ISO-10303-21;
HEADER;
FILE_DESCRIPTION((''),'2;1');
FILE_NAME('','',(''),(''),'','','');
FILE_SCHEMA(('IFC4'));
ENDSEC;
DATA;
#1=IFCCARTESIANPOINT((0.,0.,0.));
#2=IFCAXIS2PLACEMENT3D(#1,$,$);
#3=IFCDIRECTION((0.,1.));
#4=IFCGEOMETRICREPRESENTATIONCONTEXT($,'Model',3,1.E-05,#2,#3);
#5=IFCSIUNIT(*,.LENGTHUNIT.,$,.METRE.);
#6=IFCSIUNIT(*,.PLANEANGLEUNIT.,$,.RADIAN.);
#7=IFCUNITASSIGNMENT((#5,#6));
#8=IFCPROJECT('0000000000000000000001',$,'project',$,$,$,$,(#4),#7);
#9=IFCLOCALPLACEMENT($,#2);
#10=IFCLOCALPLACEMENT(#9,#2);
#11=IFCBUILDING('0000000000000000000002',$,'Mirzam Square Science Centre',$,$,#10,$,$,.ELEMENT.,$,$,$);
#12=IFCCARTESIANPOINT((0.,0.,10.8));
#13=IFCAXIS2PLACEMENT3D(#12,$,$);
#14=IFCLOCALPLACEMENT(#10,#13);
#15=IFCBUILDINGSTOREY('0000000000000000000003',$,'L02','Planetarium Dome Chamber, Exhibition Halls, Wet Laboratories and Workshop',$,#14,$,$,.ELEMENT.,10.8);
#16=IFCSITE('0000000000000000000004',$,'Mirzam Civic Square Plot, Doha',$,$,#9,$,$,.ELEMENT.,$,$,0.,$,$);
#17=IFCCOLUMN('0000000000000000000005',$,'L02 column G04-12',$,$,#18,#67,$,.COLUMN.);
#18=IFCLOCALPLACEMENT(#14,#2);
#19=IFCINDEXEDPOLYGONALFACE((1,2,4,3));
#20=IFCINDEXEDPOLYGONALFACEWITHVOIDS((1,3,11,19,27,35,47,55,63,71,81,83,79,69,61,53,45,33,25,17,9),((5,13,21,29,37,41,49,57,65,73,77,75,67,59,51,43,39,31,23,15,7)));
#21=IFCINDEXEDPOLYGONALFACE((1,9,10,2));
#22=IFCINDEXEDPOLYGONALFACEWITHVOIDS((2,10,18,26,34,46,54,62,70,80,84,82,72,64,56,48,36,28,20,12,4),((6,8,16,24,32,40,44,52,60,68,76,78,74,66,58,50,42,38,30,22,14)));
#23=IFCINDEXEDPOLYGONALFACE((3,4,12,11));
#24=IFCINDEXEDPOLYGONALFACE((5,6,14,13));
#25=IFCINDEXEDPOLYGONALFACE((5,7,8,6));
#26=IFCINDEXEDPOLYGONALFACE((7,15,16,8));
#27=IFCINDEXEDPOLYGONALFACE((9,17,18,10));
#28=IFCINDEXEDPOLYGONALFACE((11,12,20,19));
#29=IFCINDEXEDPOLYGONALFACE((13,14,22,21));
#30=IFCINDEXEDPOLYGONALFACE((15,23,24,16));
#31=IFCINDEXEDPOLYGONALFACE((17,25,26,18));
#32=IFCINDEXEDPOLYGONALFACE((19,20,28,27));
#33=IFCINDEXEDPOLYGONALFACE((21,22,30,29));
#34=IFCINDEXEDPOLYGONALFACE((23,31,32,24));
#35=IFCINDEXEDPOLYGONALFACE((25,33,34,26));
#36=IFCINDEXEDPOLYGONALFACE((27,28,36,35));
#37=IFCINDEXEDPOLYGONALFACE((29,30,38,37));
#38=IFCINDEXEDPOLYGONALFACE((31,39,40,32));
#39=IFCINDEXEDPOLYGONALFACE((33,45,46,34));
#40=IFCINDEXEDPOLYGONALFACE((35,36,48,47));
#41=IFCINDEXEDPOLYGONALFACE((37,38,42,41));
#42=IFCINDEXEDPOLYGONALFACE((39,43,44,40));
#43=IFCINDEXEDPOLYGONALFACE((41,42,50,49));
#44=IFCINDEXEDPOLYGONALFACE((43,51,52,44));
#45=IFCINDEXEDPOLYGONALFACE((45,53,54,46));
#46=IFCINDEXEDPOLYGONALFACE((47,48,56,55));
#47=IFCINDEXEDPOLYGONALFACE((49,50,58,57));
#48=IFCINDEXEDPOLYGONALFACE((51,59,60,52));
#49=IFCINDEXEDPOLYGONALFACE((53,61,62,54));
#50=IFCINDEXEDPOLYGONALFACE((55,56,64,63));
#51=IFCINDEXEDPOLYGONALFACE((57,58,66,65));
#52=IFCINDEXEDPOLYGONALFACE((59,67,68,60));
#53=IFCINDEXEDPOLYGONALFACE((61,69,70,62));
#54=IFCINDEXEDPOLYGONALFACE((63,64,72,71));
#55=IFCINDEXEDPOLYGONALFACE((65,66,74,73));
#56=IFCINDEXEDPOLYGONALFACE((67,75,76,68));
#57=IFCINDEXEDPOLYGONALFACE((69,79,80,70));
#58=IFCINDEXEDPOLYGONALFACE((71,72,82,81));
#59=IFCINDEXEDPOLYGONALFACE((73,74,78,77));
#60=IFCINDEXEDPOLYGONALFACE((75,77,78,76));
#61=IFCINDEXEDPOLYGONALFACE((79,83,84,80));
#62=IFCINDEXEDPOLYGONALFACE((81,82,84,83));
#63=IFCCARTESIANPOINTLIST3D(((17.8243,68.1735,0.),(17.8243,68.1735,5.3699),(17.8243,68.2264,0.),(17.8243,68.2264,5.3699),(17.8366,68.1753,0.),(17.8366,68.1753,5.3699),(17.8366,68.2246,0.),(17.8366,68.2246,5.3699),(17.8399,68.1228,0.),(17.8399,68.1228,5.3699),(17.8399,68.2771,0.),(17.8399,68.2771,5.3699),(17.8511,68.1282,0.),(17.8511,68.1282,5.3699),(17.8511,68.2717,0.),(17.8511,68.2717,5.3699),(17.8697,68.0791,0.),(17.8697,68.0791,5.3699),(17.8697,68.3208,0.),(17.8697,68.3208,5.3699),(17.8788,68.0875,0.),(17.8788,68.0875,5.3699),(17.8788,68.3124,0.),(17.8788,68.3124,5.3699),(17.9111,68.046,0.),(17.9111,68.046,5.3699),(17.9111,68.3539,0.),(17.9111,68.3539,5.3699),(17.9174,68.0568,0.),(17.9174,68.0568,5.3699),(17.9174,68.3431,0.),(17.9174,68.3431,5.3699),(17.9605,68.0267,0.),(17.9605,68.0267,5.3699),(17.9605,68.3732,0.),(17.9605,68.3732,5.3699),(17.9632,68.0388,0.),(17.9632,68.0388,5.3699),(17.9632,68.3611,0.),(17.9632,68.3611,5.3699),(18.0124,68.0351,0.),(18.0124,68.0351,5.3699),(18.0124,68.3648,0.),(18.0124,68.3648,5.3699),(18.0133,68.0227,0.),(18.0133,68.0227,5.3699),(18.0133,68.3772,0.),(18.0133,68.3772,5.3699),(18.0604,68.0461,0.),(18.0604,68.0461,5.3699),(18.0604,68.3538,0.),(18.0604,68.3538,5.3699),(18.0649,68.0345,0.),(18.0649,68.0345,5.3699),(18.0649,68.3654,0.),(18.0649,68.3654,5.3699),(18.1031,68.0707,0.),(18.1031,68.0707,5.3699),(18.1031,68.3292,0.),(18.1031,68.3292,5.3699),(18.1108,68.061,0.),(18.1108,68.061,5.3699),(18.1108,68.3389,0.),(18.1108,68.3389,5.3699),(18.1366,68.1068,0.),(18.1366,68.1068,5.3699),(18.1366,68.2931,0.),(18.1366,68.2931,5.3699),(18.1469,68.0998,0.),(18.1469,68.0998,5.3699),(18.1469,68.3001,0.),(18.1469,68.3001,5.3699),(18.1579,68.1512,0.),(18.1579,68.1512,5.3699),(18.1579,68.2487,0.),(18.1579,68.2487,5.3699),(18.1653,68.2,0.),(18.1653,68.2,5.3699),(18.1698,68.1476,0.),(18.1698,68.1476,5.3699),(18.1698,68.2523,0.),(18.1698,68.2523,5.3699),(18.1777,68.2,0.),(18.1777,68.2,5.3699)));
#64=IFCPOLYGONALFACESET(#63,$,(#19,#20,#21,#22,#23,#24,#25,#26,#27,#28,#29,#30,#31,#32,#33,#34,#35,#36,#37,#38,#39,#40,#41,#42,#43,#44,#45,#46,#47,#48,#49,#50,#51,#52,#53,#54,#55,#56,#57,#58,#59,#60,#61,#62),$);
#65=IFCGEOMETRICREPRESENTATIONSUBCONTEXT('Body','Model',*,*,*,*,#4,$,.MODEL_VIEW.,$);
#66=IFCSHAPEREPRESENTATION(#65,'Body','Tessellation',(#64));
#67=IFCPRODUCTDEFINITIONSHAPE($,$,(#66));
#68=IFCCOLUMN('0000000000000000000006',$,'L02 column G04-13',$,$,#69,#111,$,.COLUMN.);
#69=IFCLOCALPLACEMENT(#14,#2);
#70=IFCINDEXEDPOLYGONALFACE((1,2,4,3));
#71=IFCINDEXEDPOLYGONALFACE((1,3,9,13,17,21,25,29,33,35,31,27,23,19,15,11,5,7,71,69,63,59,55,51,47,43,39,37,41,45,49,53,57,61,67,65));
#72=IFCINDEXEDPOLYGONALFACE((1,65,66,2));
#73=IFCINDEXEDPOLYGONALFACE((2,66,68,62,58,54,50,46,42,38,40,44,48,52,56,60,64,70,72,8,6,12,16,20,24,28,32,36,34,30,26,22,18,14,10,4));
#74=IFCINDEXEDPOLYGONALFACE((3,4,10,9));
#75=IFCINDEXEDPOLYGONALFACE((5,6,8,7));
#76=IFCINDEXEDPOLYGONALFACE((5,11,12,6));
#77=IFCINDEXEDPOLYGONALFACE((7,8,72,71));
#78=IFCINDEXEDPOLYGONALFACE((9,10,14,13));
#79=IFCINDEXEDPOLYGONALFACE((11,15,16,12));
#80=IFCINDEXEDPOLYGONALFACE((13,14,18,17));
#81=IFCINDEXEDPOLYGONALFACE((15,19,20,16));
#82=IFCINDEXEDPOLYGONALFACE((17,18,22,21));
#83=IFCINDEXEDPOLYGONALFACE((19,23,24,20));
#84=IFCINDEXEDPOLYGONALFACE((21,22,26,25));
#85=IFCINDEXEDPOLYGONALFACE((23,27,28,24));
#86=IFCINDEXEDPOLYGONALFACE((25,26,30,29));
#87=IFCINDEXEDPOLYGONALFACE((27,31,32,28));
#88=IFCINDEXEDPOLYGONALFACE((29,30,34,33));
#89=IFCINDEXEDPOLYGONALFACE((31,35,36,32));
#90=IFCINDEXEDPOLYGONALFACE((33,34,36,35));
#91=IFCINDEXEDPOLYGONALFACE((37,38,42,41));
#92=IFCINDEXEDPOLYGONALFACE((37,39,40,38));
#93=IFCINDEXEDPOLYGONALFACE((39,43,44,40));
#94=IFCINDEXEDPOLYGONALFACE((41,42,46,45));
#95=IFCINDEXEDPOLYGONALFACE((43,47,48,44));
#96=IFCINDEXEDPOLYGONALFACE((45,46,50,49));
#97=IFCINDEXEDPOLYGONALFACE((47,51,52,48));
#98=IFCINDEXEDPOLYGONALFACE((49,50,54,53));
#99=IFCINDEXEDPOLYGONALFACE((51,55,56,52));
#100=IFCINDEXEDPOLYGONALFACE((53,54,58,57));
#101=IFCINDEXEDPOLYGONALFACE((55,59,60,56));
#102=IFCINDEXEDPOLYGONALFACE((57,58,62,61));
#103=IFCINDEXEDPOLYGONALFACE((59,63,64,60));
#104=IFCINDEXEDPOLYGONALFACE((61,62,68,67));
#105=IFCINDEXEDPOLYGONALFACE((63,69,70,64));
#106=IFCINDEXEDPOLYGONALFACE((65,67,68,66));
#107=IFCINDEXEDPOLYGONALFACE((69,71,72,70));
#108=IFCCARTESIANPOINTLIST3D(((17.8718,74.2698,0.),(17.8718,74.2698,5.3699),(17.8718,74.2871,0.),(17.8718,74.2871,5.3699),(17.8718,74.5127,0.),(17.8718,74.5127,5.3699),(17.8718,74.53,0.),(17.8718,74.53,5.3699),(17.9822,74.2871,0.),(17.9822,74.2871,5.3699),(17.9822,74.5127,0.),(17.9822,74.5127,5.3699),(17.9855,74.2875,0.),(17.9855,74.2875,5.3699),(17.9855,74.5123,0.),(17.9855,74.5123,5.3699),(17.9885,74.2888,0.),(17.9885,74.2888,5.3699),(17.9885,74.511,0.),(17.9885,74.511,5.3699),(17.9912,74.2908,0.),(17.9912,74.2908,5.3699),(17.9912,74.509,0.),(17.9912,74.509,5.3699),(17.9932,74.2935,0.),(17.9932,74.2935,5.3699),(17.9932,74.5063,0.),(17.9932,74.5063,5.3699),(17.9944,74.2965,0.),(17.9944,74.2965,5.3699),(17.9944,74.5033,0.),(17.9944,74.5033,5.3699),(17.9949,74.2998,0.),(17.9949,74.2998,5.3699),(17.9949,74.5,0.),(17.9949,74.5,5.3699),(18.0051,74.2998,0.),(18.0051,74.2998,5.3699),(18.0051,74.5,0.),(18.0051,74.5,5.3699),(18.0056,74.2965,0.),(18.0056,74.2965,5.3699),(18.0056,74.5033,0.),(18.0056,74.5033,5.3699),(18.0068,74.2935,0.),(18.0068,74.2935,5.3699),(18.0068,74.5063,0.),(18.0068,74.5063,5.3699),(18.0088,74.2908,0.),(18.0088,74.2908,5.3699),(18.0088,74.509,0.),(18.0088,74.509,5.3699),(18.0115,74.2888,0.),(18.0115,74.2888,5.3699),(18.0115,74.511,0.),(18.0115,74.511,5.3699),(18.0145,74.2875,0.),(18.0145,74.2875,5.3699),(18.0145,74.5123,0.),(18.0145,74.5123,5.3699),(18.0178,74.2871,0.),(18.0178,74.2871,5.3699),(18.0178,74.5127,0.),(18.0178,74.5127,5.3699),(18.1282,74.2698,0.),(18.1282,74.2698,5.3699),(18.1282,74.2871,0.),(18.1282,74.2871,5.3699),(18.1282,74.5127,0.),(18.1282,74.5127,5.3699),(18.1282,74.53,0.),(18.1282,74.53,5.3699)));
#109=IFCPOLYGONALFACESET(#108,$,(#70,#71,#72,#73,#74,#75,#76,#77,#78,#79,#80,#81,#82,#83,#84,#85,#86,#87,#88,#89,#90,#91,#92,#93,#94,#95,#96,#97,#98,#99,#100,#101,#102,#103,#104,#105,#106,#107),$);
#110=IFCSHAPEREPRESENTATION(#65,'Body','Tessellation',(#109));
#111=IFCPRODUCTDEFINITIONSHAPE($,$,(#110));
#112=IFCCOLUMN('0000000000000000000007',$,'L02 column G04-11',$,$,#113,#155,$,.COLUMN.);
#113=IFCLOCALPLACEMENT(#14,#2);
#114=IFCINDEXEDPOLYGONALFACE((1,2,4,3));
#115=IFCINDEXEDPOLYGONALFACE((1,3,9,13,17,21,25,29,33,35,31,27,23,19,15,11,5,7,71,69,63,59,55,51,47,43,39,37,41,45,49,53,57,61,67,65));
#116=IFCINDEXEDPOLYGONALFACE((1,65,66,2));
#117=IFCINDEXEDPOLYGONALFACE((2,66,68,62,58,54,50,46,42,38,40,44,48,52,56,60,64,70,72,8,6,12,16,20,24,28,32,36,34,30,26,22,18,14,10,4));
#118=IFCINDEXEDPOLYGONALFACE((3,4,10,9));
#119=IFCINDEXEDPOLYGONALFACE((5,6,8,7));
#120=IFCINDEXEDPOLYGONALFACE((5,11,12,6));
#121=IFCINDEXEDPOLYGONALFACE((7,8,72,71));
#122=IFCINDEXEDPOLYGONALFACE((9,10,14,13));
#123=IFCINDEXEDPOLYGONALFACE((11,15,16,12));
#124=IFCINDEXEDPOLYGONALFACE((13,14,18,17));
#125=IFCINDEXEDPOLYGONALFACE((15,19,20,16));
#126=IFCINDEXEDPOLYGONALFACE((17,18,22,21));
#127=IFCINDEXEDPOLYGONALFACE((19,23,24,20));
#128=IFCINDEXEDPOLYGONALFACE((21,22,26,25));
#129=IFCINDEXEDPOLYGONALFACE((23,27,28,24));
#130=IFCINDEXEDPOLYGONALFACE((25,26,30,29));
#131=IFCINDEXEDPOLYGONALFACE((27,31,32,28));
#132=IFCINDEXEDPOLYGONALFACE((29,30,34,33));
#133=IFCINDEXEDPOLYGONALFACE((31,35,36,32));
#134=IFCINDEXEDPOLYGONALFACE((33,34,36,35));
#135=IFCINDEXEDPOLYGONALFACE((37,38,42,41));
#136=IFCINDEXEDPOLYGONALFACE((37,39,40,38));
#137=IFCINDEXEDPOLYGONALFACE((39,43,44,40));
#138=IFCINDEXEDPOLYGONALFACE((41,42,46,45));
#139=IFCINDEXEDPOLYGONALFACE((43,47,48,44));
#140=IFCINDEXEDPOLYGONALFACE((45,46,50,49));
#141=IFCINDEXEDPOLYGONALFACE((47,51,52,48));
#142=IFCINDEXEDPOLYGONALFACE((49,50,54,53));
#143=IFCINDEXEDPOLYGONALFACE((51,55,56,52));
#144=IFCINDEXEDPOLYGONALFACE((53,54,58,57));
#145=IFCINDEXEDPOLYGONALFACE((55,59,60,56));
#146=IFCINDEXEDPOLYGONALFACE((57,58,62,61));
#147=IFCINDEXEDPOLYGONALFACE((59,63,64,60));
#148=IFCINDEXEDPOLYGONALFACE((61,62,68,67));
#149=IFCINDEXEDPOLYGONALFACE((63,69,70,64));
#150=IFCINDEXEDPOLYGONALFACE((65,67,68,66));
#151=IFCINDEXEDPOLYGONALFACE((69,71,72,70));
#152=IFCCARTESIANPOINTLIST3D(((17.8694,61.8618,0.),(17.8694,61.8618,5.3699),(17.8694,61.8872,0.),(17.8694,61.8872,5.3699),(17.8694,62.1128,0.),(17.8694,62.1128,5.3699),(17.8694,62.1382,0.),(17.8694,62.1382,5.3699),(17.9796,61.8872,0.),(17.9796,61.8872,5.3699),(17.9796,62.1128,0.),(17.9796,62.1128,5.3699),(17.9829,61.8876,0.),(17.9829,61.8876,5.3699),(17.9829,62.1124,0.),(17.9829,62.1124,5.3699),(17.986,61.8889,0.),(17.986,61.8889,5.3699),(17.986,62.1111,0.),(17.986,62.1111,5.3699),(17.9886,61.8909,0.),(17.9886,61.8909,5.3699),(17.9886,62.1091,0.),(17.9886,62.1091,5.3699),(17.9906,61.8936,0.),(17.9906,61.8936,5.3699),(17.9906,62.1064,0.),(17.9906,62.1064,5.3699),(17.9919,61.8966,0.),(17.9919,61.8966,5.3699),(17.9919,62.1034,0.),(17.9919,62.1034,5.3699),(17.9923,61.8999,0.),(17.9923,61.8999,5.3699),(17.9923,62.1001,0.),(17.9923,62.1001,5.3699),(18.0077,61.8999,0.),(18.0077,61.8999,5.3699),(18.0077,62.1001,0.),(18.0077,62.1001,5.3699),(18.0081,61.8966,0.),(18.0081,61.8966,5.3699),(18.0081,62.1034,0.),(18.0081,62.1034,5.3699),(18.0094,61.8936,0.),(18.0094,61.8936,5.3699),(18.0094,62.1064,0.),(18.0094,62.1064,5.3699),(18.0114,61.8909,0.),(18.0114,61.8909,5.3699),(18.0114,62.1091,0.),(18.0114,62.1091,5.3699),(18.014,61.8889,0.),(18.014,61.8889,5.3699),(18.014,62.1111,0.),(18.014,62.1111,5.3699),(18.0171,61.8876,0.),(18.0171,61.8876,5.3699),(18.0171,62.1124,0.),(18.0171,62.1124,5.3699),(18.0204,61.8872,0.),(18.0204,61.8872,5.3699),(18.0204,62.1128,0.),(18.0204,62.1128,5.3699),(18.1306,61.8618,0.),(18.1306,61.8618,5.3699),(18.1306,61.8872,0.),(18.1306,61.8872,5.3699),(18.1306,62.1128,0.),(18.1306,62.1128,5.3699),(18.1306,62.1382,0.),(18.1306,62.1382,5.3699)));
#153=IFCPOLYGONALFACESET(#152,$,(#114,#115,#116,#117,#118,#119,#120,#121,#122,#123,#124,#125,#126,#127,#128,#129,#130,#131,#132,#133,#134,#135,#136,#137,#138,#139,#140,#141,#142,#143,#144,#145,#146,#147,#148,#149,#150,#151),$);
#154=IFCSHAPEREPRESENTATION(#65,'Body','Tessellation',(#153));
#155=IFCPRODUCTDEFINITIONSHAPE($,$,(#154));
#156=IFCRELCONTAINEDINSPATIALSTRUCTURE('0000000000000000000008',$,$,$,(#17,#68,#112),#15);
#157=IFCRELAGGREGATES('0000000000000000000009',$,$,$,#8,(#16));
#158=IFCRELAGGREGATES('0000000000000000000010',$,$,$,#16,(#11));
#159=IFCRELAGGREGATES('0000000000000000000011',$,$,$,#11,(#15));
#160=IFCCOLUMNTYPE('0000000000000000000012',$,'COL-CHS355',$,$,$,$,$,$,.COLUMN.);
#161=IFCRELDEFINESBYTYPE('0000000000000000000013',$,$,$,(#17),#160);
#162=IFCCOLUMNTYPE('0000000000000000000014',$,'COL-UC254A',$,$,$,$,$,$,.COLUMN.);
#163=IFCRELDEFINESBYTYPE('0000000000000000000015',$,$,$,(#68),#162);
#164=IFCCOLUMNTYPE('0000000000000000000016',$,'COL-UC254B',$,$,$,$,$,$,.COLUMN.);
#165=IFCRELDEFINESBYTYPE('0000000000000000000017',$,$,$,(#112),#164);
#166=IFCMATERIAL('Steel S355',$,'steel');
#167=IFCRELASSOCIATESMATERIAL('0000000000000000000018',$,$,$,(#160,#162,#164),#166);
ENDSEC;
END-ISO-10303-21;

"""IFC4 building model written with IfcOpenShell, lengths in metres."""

from ifc_helpers import new_model, si_unit, direction, frame, origin, origin_2d, place, context, subcontext, project, spatial, hollow_circle, i_section, extrude, material, material_profile, profile_set, type_object, element, save


model = new_model("IFC4")

# Units and contexts
model_context = context("Model", 3, precision=1e-05, world=origin(), true_north=direction((0.0, 1.0)))
body_context = subcontext(model_context, "Body", "Model", "MODEL_VIEW")
ifc_project = project(units=[si_unit("LENGTHUNIT", "METRE"), si_unit("PLANEANGLEUNIT", "RADIAN")], contexts=[model_context])

# Site, building, storey
site_placement = place(None, origin())
site = spatial("IfcSite", under=ifc_project, at=site_placement, Name="Mirzam Civic Square Plot, Doha", CompositionType="ELEMENT", RefElevation=0.0)
building_placement = place(site_placement, origin())
building = spatial("IfcBuilding", under=site, at=building_placement, Name="Mirzam Square Science Centre", CompositionType="ELEMENT")
storey_placement = place(building_placement, frame((0.0, 0.0, 10.8)))
storey = spatial("IfcBuildingStorey", under=building, at=storey_placement, Name="L02", Description="Planetarium Dome Chamber, Exhibition Halls, Wet Laboratories and Workshop", CompositionType="ELEMENT", Elevation=10.8)

# Columns
ifc_material_1 = material(Name="Steel S355", Category="steel")
ifc_material_profile_1 = material_profile(ifc_material_1, hollow_circle(Radius=0.1777, WallThickness=0.0125, at=origin_2d()), Name="355.6x12.5CHS")
ifc_profile_set_1 = profile_set([ifc_material_profile_1], Name="Steel S355")
column_type_1 = type_object("IfcColumnType", Name="COL-CHS355", PredefinedType="COLUMN", material=ifc_profile_set_1)
column_1_placement = place(storey_placement, frame((18.0, 68.2, 0.0), z_axis=(0.0, 0.0, 1.0), x_axis=(1.0, 0.0, 0.0)))
element("IfcColumn", 1, at=column_1_placement, inside=storey, type_object=column_type_1, Name="L02 column G04-12", PredefinedType="COLUMN", context=body_context, shape_type="SweptSolid", body=[
    extrude(hollow_circle(Radius=0.1777, WallThickness=0.0125, at=origin_2d()), origin(), (0.0, 0.0, 1.0), 5.3699),
])
ifc_material_profile_2 = material_profile(ifc_material_1, i_section(OverallWidth=0.2563, OverallDepth=0.2603, WebThickness=0.0103, FlangeThickness=0.0173, FilletRadius=0.0127, at=origin_2d()), Name="254x254x89UC")
ifc_profile_set_2 = profile_set([ifc_material_profile_2], Name="Steel S355")
column_type_2 = type_object("IfcColumnType", Name="COL-UC254A", PredefinedType="COLUMN", material=ifc_profile_set_2)
column_2_placement = place(storey_placement, frame((18.0, 74.3999, 0.0), z_axis=(0.0, 0.0, 1.0), x_axis=(1.0, 0.0, 0.0)))
element("IfcColumn", 2, at=column_2_placement, inside=storey, type_object=column_type_2, Name="L02 column G04-13", PredefinedType="COLUMN", context=body_context, shape_type="SweptSolid", body=[
    extrude(i_section(OverallWidth=0.2563, OverallDepth=0.2603, WebThickness=0.0103, FlangeThickness=0.0173, FilletRadius=0.0127, at=origin_2d()), origin(), (0.0, 0.0, 1.0), 5.3699),
])
ifc_material_profile_3 = material_profile(ifc_material_1, i_section(OverallWidth=0.2612, OverallDepth=0.2764, WebThickness=0.0154, FlangeThickness=0.0254, FilletRadius=0.0127, at=origin_2d()), Name="254x254x132UC")
ifc_profile_set_3 = profile_set([ifc_material_profile_3], Name="Steel S355")
column_type_3 = type_object("IfcColumnType", Name="COL-UC254B", PredefinedType="COLUMN", material=ifc_profile_set_3)
column_3_placement = place(storey_placement, frame((18.0, 62.0, 0.0), z_axis=(0.0, 0.0, 1.0), x_axis=(1.0, 0.0, 0.0)))
element("IfcColumn", 3, at=column_3_placement, inside=storey, type_object=column_type_3, Name="L02 column G04-11", PredefinedType="COLUMN", context=body_context, shape_type="SweptSolid", body=[
    extrude(i_section(OverallWidth=0.2612, OverallDepth=0.2764, WebThickness=0.0154, FlangeThickness=0.0254, FilletRadius=0.0127, at=origin_2d()), origin(), (0.0, 0.0, 1.0), 5.3699),
])

save(model, "model.ifc")
